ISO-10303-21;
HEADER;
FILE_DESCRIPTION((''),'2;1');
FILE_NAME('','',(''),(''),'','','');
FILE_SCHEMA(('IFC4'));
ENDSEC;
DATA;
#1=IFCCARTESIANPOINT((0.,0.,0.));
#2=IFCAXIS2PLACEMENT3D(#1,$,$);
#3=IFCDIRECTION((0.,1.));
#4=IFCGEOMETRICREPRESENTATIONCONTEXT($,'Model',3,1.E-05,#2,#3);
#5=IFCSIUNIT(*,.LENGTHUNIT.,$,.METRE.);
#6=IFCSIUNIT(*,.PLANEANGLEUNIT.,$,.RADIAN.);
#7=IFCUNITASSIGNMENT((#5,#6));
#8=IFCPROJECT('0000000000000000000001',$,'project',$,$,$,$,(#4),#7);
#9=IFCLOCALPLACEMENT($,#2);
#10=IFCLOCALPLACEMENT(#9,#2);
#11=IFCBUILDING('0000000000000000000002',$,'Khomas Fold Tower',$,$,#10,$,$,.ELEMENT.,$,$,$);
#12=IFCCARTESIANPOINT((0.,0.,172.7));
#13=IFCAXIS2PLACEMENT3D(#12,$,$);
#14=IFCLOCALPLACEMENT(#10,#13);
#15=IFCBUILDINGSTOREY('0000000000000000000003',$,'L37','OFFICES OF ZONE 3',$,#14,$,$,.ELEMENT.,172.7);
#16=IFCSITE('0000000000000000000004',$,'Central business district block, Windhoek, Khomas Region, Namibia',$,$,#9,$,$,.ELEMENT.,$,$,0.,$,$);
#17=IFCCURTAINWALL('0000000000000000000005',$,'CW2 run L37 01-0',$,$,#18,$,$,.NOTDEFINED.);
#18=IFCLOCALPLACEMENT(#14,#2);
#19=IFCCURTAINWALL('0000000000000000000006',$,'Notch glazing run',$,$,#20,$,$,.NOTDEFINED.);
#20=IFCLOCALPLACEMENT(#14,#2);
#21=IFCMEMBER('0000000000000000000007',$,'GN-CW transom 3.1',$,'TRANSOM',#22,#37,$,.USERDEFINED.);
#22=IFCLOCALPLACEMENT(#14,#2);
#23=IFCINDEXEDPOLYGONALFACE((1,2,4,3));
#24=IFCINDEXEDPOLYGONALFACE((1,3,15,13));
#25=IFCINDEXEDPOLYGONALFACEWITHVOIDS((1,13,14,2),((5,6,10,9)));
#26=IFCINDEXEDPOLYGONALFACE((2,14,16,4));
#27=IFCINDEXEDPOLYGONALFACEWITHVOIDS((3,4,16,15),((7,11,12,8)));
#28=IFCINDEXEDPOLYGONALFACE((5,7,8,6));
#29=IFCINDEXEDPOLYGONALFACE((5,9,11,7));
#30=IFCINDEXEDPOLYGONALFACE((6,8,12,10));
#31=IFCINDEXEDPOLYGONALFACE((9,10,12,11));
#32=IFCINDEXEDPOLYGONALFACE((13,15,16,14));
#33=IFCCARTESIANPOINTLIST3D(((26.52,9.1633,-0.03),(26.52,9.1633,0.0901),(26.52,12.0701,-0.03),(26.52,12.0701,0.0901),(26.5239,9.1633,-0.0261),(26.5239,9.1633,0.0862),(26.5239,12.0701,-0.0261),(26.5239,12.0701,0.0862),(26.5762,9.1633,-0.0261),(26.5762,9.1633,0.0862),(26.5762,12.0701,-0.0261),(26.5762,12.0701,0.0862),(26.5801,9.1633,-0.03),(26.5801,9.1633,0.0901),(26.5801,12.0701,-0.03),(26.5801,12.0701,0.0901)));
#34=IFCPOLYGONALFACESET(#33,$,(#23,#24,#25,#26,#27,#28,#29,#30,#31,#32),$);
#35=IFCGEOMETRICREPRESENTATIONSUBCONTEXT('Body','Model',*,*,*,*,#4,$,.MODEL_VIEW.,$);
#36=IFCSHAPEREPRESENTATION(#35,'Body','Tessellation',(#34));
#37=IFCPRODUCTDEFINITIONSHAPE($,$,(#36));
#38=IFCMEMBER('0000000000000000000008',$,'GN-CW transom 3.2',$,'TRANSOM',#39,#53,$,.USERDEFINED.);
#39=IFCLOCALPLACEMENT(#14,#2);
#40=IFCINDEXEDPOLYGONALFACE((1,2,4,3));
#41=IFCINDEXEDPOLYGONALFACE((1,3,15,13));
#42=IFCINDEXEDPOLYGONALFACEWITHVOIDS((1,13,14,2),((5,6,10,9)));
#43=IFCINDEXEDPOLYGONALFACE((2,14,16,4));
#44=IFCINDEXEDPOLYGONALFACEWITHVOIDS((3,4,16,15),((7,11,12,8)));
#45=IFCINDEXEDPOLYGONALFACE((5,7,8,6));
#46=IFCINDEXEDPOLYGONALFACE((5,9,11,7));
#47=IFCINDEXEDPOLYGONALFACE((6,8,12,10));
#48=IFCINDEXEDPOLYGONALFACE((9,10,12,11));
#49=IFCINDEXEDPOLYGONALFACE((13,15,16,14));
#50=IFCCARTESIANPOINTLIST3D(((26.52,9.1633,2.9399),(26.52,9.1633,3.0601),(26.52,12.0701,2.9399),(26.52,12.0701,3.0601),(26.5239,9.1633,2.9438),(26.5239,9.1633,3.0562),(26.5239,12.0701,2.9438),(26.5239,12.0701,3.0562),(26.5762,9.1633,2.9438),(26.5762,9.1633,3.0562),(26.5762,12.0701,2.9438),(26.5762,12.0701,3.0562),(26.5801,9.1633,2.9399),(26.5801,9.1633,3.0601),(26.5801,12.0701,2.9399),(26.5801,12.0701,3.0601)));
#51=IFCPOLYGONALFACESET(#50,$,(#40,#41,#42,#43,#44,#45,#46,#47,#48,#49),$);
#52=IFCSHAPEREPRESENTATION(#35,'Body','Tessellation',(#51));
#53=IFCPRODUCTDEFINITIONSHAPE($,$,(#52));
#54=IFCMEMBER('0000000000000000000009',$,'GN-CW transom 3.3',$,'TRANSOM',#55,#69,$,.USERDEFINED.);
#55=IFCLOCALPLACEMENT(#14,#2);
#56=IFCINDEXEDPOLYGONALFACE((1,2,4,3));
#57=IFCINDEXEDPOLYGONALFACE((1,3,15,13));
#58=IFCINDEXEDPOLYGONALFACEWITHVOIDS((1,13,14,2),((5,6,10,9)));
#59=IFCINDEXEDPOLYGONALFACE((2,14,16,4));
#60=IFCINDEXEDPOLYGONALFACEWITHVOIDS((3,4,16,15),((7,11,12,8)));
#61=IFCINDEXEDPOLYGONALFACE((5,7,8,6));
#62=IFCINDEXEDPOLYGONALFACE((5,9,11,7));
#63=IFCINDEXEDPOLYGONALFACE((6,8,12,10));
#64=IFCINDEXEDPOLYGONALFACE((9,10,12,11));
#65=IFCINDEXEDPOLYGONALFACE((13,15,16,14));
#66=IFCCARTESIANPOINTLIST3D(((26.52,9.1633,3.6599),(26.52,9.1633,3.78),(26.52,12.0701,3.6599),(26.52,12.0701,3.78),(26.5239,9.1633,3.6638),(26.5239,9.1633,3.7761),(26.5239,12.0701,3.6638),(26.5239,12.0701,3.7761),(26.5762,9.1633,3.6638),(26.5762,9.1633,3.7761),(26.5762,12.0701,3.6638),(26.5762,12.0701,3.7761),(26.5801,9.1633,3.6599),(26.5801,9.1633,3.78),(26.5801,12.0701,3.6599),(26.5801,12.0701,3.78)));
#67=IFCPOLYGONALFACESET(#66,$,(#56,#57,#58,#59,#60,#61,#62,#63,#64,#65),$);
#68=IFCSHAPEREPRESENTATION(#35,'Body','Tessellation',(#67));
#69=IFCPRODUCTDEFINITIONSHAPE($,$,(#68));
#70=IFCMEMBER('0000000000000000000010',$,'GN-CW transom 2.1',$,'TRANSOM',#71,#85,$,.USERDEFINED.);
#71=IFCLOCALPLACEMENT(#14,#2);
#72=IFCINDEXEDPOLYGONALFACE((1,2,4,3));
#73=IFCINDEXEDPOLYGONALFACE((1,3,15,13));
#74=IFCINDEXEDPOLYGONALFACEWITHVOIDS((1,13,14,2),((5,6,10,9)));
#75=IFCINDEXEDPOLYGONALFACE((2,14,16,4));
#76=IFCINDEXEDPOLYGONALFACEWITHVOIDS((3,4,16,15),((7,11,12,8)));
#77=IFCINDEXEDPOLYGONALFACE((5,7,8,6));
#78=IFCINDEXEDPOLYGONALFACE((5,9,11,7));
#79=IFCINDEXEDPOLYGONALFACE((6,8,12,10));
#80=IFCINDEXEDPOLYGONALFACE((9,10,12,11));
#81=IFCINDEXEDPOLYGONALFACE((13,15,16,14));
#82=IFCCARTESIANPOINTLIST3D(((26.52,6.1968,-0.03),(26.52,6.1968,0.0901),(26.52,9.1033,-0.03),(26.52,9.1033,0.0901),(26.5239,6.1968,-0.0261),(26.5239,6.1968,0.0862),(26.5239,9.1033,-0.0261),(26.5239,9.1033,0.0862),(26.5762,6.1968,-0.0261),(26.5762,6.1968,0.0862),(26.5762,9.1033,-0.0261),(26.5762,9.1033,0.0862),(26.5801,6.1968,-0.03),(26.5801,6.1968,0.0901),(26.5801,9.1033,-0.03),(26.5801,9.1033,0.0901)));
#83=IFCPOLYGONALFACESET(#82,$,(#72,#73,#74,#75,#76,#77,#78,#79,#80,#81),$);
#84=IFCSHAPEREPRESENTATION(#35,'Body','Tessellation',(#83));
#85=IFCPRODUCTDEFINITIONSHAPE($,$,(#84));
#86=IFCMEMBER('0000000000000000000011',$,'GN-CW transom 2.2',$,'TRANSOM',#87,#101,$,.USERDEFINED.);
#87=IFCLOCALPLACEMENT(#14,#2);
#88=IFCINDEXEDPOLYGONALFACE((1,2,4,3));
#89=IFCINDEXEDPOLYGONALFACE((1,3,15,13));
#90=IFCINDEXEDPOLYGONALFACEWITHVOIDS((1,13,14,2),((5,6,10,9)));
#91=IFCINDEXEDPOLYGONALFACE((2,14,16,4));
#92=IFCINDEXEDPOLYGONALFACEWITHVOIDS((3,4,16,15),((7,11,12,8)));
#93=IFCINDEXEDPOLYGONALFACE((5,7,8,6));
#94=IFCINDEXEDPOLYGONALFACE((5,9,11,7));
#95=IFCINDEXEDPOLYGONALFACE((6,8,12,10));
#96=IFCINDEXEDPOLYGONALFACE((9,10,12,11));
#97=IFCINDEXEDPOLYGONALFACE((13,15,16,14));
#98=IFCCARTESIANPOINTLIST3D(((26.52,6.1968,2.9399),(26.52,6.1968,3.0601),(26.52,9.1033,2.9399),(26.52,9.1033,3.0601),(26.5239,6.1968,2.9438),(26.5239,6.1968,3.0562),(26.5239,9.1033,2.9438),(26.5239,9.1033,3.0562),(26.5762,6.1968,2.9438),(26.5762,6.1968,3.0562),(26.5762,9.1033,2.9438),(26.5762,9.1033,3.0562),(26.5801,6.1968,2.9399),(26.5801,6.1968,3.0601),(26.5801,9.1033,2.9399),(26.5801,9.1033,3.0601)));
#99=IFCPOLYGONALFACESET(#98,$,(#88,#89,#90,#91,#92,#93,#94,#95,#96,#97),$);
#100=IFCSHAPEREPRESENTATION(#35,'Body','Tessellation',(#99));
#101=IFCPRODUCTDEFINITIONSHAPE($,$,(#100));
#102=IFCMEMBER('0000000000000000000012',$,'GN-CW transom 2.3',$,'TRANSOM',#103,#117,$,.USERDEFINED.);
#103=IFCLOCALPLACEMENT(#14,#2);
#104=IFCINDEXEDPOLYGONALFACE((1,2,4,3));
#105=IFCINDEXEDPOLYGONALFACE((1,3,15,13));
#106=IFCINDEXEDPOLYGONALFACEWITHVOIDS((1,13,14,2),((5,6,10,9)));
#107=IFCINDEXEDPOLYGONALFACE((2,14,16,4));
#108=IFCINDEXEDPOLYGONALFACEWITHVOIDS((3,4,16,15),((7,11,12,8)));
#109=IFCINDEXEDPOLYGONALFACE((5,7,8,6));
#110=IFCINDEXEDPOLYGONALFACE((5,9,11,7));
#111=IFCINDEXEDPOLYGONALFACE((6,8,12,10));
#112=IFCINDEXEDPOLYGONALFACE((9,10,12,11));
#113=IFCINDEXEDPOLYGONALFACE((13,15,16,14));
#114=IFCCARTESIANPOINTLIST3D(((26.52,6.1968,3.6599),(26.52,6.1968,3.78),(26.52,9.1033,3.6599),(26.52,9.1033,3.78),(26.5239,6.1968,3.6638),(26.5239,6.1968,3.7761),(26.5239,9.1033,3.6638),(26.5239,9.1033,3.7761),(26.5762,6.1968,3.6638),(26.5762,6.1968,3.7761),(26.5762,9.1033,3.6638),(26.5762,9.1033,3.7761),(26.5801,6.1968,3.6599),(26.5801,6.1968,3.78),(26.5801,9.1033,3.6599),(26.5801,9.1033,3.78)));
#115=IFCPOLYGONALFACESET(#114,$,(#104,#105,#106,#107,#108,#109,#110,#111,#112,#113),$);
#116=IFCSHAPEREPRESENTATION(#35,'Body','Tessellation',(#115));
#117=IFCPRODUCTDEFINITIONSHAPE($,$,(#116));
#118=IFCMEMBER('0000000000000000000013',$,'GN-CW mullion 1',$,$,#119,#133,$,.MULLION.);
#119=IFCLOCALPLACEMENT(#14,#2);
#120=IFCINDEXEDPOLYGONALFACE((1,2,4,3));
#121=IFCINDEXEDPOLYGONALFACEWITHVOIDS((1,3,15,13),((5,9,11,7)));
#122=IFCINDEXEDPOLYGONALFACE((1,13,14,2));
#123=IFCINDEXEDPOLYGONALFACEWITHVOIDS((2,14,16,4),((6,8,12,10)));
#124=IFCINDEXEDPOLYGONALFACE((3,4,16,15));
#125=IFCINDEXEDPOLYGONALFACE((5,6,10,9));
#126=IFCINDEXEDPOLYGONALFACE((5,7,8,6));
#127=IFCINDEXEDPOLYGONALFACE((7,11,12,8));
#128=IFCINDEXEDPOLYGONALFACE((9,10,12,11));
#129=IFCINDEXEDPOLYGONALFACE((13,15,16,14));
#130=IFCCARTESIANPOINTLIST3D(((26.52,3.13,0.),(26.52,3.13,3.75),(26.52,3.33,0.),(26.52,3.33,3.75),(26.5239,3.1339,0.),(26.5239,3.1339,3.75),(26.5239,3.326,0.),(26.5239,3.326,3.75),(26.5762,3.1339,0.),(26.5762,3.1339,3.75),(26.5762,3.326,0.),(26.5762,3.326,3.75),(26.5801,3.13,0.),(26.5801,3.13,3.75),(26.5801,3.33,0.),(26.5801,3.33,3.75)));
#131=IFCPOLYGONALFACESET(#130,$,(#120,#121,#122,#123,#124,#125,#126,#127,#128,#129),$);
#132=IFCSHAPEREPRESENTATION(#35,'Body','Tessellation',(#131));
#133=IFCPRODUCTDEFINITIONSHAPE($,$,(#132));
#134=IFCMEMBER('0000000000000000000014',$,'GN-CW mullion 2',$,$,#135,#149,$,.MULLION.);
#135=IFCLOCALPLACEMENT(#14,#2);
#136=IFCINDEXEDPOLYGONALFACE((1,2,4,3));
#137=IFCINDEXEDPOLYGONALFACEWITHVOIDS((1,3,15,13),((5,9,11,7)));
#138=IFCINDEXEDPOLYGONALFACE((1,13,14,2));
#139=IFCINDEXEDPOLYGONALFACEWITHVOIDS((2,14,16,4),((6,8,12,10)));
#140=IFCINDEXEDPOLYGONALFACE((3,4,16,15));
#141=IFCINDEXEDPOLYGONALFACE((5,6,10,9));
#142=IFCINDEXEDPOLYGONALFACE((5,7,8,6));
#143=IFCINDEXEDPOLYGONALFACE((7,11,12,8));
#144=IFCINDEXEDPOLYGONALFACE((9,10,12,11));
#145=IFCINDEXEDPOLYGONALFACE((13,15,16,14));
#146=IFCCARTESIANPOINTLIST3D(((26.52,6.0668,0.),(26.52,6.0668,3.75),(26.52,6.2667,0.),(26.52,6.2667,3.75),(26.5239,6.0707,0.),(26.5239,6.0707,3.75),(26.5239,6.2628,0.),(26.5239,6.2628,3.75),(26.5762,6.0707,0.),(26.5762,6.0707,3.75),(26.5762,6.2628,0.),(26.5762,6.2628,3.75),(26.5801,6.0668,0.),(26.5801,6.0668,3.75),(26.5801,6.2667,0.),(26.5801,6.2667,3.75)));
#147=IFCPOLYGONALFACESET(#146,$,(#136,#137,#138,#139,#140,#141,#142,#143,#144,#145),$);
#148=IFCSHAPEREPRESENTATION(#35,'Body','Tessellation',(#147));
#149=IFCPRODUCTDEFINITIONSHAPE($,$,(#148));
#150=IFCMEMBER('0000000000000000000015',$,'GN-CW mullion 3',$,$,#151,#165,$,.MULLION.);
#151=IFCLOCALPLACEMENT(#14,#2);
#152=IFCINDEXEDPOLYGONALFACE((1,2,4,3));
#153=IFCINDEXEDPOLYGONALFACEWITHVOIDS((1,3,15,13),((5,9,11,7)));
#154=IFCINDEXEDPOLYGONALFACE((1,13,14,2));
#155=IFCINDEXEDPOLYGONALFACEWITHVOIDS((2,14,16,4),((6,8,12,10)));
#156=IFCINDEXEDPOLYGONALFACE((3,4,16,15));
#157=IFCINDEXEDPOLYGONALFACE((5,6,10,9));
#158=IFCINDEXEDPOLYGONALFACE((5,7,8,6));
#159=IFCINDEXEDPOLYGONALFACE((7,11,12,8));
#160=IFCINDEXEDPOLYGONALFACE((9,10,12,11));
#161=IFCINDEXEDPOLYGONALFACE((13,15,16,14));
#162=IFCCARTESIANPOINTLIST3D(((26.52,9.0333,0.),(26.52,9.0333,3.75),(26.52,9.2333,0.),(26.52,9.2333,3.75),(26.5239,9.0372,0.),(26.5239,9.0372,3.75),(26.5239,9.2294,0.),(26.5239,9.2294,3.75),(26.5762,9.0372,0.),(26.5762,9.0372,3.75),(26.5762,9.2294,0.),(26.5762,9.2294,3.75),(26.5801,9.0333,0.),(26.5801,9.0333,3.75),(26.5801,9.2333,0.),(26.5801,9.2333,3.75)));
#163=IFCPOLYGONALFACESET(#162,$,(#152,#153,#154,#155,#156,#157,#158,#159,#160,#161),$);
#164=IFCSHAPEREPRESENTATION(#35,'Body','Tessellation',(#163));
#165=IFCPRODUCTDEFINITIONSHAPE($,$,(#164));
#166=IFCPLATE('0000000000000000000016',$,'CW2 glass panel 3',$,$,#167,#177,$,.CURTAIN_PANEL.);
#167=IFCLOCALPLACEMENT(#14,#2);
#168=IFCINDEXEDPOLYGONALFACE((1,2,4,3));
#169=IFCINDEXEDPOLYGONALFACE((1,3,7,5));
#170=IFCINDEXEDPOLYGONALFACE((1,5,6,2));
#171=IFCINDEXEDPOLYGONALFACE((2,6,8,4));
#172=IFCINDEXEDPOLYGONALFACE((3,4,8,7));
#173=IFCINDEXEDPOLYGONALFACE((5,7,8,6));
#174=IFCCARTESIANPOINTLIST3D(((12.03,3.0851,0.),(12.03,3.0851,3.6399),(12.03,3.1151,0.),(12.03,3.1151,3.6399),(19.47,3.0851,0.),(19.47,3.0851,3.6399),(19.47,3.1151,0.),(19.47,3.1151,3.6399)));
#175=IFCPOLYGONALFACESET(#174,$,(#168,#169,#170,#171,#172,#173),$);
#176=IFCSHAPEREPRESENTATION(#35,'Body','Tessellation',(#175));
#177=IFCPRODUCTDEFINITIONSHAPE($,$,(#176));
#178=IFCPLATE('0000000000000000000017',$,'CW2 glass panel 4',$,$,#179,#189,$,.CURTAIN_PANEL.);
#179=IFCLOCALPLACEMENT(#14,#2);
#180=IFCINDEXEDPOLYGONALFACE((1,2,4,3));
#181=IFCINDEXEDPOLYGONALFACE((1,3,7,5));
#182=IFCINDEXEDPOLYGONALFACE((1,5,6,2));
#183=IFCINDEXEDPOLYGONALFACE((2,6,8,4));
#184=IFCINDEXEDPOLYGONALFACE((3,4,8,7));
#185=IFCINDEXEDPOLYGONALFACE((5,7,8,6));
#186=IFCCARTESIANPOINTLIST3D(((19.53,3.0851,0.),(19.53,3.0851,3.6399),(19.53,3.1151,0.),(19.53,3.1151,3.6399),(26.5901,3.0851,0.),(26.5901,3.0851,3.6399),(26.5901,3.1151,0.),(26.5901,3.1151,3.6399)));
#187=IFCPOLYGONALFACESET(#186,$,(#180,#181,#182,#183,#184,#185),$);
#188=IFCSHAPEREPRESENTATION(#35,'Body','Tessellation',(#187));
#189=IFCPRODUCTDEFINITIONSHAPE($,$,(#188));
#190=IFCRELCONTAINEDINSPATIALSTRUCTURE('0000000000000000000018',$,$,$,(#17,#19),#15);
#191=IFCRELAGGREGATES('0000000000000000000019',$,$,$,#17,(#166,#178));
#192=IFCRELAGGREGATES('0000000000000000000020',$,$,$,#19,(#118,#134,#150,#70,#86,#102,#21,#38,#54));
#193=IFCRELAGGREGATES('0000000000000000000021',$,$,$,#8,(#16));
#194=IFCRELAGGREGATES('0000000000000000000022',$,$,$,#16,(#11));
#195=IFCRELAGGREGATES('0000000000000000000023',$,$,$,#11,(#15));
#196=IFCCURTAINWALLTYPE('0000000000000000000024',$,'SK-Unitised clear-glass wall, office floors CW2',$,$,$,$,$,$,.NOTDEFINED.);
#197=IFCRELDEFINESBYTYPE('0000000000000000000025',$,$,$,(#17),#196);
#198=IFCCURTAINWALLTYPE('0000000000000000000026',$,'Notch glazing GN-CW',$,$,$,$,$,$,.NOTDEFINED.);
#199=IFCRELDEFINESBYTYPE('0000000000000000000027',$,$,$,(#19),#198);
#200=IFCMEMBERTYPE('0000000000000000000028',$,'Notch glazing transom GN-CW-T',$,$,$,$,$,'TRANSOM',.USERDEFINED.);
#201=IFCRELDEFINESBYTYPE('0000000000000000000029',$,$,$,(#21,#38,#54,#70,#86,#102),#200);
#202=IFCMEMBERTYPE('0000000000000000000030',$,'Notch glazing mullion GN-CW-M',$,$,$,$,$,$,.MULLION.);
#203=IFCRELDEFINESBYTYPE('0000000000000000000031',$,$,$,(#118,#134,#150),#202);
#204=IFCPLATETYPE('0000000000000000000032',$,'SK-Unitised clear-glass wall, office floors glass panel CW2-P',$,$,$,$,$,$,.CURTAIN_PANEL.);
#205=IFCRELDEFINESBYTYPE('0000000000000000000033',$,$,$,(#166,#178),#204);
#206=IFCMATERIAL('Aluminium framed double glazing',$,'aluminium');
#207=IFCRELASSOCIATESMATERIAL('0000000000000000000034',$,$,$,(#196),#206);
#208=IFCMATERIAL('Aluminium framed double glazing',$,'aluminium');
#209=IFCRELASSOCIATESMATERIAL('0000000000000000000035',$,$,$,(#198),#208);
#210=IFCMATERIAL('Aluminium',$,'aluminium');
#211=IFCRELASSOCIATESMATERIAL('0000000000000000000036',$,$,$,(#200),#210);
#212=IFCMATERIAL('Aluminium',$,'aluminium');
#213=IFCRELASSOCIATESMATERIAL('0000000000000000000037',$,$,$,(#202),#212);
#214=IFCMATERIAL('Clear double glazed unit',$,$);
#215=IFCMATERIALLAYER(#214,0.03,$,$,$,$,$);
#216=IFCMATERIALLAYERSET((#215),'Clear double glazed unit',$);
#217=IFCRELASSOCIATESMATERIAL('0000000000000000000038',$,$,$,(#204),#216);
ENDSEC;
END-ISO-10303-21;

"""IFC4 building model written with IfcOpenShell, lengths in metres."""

from ifc_helpers import new_model, si_unit, direction, frame, origin, origin_2d, place, context, subcontext, project, spatial, rectangle, hollow_rectangle, extrude, source, transform, mapped, material, layer, layer_set, material_profile, profile_set, type_object, element, aggregate, save


model = new_model("IFC4")

# Units and contexts
model_context = context("Model", 3, precision=1e-05, world=origin(), true_north=direction((0.0, 1.0)))
body_context = subcontext(model_context, "Body", "Model", "MODEL_VIEW")
ifc_project = project(units=[si_unit("LENGTHUNIT", "METRE"), si_unit("PLANEANGLEUNIT", "RADIAN")], contexts=[model_context])

# Site, building, storey
site_placement = place(None, origin())
site = spatial("IfcSite", under=ifc_project, at=site_placement, Name="Central business district block, Windhoek, Khomas Region, Namibia", CompositionType="ELEMENT", RefElevation=0.0)
building_placement = place(site_placement, origin())
building = spatial("IfcBuilding", under=site, at=building_placement, Name="Khomas Fold Tower", CompositionType="ELEMENT")
storey_placement = place(building_placement, frame((0.0, 0.0, 172.7)))
storey = spatial("IfcBuildingStorey", under=building, at=storey_placement, Name="L37", Description="OFFICES OF ZONE 3", CompositionType="ELEMENT", Elevation=172.7)

# Curtain walls, members
ifc_material_1 = material(Name="Aluminium framed double glazing", Category="aluminium")
curtain_wall_type_1 = type_object("IfcCurtainWallType", Name="SK-Unitised clear-glass wall, office floors CW2", PredefinedType="NOTDEFINED", material=ifc_material_1)
curtain_wall_1_placement = place(storey_placement, origin())
curtain_wall_1 = element("IfcCurtainWall", 1, at=curtain_wall_1_placement, inside=storey, type_object=curtain_wall_type_1, Name="CW2 run L37 01-0", PredefinedType="NOTDEFINED")
ifc_material_2 = material(Name="Aluminium framed double glazing", Category="aluminium")
curtain_wall_type_2 = type_object("IfcCurtainWallType", Name="Notch glazing GN-CW", PredefinedType="NOTDEFINED", material=ifc_material_2)
curtain_wall_2_placement = place(storey_placement, origin())
curtain_wall_2 = element("IfcCurtainWall", 2, at=curtain_wall_2_placement, inside=storey, type_object=curtain_wall_type_2, Name="Notch glazing run", PredefinedType="NOTDEFINED")
ifc_material_3 = material(Name="Aluminium", Category="aluminium")
ifc_material_profile_1 = material_profile(ifc_material_3, hollow_rectangle(XDim=0.0601, YDim=0.1201, WallThickness=0.0039, at=origin_2d()), Name="Notch glazing transom GN-CW-T")
ifc_profile_set_1 = profile_set([ifc_material_profile_1], Name="Aluminium")
member_type_1 = type_object("IfcMemberType", Name="Notch glazing transom GN-CW-T", ElementType="TRANSOM", PredefinedType="USERDEFINED", material=ifc_profile_set_1)
shared_shape_1 = source(origin(), body_context, "Body", "SweptSolid", [
    extrude(hollow_rectangle(XDim=0.0601, YDim=0.1201, WallThickness=0.0039, at=origin_2d()), origin(), (0.0, 0.0, 1.0), 2.9067),
])
member_1_placement = place(storey_placement, frame((26.55, 9.1633, 0.03), z_axis=(0.0, 1.0, 0.0), x_axis=(-1.0, 0.0, 0.0)))
member_1 = element("IfcMember", 3, at=member_1_placement, type_object=member_type_1, Name="GN-CW transom 3.1", ObjectType="TRANSOM", PredefinedType="USERDEFINED", context=body_context, shape_type="MappedRepresentation", body=[
    mapped(shared_shape_1, transform((0.0, 0.0, 0.0))),
])
member_2_placement = place(storey_placement, frame((26.55, 9.1633, 3.0), z_axis=(0.0, 1.0, 0.0), x_axis=(-1.0, 0.0, 0.0)))
member_2 = element("IfcMember", 4, at=member_2_placement, type_object=member_type_1, Name="GN-CW transom 3.2", ObjectType="TRANSOM", PredefinedType="USERDEFINED", context=body_context, shape_type="MappedRepresentation", body=[
    mapped(shared_shape_1, transform((0.0, 0.0, 0.0))),
])
member_3_placement = place(storey_placement, frame((26.55, 9.1633, 3.72), z_axis=(0.0, 1.0, 0.0), x_axis=(-1.0, 0.0, 0.0)))
member_3 = element("IfcMember", 5, at=member_3_placement, type_object=member_type_1, Name="GN-CW transom 3.3", ObjectType="TRANSOM", PredefinedType="USERDEFINED", context=body_context, shape_type="MappedRepresentation", body=[
    mapped(shared_shape_1, transform((0.0, 0.0, 0.0))),
])
shared_shape_2 = source(origin(), body_context, "Body", "SweptSolid", [
    extrude(hollow_rectangle(XDim=0.0601, YDim=0.1201, WallThickness=0.0039, at=origin_2d()), origin(), (0.0, 0.0, 1.0), 2.9065),
])
member_4_placement = place(storey_placement, frame((26.55, 6.1968, 0.03), z_axis=(0.0, 1.0, 0.0), x_axis=(-1.0, 0.0, 0.0)))
member_4 = element("IfcMember", 6, at=member_4_placement, type_object=member_type_1, Name="GN-CW transom 2.1", ObjectType="TRANSOM", PredefinedType="USERDEFINED", context=body_context, shape_type="MappedRepresentation", body=[
    mapped(shared_shape_2, transform((0.0, 0.0, 0.0))),
])
member_5_placement = place(storey_placement, frame((26.55, 6.1968, 3.0), z_axis=(0.0, 1.0, 0.0), x_axis=(-1.0, 0.0, 0.0)))
member_5 = element("IfcMember", 7, at=member_5_placement, type_object=member_type_1, Name="GN-CW transom 2.2", ObjectType="TRANSOM", PredefinedType="USERDEFINED", context=body_context, shape_type="MappedRepresentation", body=[
    mapped(shared_shape_2, transform((0.0, 0.0, 0.0))),
])
member_6_placement = place(storey_placement, frame((26.55, 6.1968, 3.72), z_axis=(0.0, 1.0, 0.0), x_axis=(-1.0, 0.0, 0.0)))
member_6 = element("IfcMember", 8, at=member_6_placement, type_object=member_type_1, Name="GN-CW transom 2.3", ObjectType="TRANSOM", PredefinedType="USERDEFINED", context=body_context, shape_type="MappedRepresentation", body=[
    mapped(shared_shape_2, transform((0.0, 0.0, 0.0))),
])
ifc_material_4 = material(Name="Aluminium", Category="aluminium")
ifc_material_profile_2 = material_profile(ifc_material_4, hollow_rectangle(XDim=0.0601, YDim=0.2, WallThickness=0.0039, at=origin_2d()), Name="Notch glazing mullion GN-CW-M")
ifc_profile_set_2 = profile_set([ifc_material_profile_2], Name="Aluminium")
member_type_2 = type_object("IfcMemberType", Name="Notch glazing mullion GN-CW-M", PredefinedType="MULLION", material=ifc_profile_set_2)
shared_shape_3 = source(origin(), body_context, "Body", "SweptSolid", [
    extrude(hollow_rectangle(XDim=0.0601, YDim=0.2, WallThickness=0.0039, at=origin_2d()), origin(), (0.0, 0.0, 1.0), 3.75),
])
member_7_placement = place(storey_placement, frame((26.55, 3.23, 0.0), z_axis=(0.0, 0.0, 1.0), x_axis=(-1.0, 0.0, 0.0)))
member_7 = element("IfcMember", 9, at=member_7_placement, type_object=member_type_2, Name="GN-CW mullion 1", PredefinedType="MULLION", context=body_context, shape_type="MappedRepresentation", body=[
    mapped(shared_shape_3, transform((0.0, 0.0, 0.0))),
])
member_8_placement = place(storey_placement, frame((26.55, 6.1667, 0.0), z_axis=(0.0, 0.0, 1.0), x_axis=(-1.0, 0.0, 0.0)))
member_8 = element("IfcMember", 10, at=member_8_placement, type_object=member_type_2, Name="GN-CW mullion 2", PredefinedType="MULLION", context=body_context, shape_type="MappedRepresentation", body=[
    mapped(shared_shape_3, transform((0.0, 0.0, 0.0))),
])
member_9_placement = place(storey_placement, frame((26.55, 9.1333, 0.0), z_axis=(0.0, 0.0, 1.0), x_axis=(-1.0, 0.0, 0.0)))
member_9 = element("IfcMember", 11, at=member_9_placement, type_object=member_type_2, Name="GN-CW mullion 3", PredefinedType="MULLION", context=body_context, shape_type="MappedRepresentation", body=[
    mapped(shared_shape_3, transform((0.0, 0.0, 0.0))),
])

# Plates
ifc_material_5 = material(Name="Clear double glazed unit")
ifc_layer_1 = layer(ifc_material_5, 0.03)
ifc_layer_set_1 = layer_set([ifc_layer_1], Name="Clear double glazed unit")
plate_type_1 = type_object("IfcPlateType", Name="SK-Unitised clear-glass wall, office floors glass panel CW2-P", PredefinedType="CURTAIN_PANEL", material=ifc_layer_set_1)
shared_shape_4 = source(origin(), body_context, "Body", "SweptSolid", [
    extrude(rectangle(XDim=7.4399, YDim=0.03, at=origin_2d()), origin(), (0.0, 0.0, 1.0), 3.6399),
])
plate_1_placement = place(storey_placement, frame((15.75, 3.1001, 0.0), z_axis=(0.0, 0.0, 1.0), x_axis=(1.0, 0.0, 0.0)))
plate_1 = element("IfcPlate", 12, at=plate_1_placement, type_object=plate_type_1, Name="CW2 glass panel 3", PredefinedType="CURTAIN_PANEL", context=body_context, shape_type="MappedRepresentation", body=[
    mapped(shared_shape_4, transform((0.0, 0.0, 0.0))),
])
shared_shape_5 = source(origin(), body_context, "Body", "SweptSolid", [
    extrude(rectangle(XDim=7.0601, YDim=0.03, at=origin_2d()), origin(), (0.0, 0.0, 1.0), 3.6399),
])
plate_2_placement = place(storey_placement, frame((23.0601, 3.1001, 0.0), z_axis=(0.0, 0.0, 1.0), x_axis=(1.0, 0.0, 0.0)))
plate_2 = element("IfcPlate", 13, at=plate_2_placement, type_object=plate_type_1, Name="CW2 glass panel 4", PredefinedType="CURTAIN_PANEL", context=body_context, shape_type="MappedRepresentation", body=[
    mapped(shared_shape_5, transform((0.0, 0.0, 0.0))),
])
aggregate(curtain_wall_1, [plate_1, plate_2])
aggregate(curtain_wall_2, [member_7, member_8, member_9, member_4, member_5, member_6, member_1, member_2, member_3])

save(model, "model.ifc")
